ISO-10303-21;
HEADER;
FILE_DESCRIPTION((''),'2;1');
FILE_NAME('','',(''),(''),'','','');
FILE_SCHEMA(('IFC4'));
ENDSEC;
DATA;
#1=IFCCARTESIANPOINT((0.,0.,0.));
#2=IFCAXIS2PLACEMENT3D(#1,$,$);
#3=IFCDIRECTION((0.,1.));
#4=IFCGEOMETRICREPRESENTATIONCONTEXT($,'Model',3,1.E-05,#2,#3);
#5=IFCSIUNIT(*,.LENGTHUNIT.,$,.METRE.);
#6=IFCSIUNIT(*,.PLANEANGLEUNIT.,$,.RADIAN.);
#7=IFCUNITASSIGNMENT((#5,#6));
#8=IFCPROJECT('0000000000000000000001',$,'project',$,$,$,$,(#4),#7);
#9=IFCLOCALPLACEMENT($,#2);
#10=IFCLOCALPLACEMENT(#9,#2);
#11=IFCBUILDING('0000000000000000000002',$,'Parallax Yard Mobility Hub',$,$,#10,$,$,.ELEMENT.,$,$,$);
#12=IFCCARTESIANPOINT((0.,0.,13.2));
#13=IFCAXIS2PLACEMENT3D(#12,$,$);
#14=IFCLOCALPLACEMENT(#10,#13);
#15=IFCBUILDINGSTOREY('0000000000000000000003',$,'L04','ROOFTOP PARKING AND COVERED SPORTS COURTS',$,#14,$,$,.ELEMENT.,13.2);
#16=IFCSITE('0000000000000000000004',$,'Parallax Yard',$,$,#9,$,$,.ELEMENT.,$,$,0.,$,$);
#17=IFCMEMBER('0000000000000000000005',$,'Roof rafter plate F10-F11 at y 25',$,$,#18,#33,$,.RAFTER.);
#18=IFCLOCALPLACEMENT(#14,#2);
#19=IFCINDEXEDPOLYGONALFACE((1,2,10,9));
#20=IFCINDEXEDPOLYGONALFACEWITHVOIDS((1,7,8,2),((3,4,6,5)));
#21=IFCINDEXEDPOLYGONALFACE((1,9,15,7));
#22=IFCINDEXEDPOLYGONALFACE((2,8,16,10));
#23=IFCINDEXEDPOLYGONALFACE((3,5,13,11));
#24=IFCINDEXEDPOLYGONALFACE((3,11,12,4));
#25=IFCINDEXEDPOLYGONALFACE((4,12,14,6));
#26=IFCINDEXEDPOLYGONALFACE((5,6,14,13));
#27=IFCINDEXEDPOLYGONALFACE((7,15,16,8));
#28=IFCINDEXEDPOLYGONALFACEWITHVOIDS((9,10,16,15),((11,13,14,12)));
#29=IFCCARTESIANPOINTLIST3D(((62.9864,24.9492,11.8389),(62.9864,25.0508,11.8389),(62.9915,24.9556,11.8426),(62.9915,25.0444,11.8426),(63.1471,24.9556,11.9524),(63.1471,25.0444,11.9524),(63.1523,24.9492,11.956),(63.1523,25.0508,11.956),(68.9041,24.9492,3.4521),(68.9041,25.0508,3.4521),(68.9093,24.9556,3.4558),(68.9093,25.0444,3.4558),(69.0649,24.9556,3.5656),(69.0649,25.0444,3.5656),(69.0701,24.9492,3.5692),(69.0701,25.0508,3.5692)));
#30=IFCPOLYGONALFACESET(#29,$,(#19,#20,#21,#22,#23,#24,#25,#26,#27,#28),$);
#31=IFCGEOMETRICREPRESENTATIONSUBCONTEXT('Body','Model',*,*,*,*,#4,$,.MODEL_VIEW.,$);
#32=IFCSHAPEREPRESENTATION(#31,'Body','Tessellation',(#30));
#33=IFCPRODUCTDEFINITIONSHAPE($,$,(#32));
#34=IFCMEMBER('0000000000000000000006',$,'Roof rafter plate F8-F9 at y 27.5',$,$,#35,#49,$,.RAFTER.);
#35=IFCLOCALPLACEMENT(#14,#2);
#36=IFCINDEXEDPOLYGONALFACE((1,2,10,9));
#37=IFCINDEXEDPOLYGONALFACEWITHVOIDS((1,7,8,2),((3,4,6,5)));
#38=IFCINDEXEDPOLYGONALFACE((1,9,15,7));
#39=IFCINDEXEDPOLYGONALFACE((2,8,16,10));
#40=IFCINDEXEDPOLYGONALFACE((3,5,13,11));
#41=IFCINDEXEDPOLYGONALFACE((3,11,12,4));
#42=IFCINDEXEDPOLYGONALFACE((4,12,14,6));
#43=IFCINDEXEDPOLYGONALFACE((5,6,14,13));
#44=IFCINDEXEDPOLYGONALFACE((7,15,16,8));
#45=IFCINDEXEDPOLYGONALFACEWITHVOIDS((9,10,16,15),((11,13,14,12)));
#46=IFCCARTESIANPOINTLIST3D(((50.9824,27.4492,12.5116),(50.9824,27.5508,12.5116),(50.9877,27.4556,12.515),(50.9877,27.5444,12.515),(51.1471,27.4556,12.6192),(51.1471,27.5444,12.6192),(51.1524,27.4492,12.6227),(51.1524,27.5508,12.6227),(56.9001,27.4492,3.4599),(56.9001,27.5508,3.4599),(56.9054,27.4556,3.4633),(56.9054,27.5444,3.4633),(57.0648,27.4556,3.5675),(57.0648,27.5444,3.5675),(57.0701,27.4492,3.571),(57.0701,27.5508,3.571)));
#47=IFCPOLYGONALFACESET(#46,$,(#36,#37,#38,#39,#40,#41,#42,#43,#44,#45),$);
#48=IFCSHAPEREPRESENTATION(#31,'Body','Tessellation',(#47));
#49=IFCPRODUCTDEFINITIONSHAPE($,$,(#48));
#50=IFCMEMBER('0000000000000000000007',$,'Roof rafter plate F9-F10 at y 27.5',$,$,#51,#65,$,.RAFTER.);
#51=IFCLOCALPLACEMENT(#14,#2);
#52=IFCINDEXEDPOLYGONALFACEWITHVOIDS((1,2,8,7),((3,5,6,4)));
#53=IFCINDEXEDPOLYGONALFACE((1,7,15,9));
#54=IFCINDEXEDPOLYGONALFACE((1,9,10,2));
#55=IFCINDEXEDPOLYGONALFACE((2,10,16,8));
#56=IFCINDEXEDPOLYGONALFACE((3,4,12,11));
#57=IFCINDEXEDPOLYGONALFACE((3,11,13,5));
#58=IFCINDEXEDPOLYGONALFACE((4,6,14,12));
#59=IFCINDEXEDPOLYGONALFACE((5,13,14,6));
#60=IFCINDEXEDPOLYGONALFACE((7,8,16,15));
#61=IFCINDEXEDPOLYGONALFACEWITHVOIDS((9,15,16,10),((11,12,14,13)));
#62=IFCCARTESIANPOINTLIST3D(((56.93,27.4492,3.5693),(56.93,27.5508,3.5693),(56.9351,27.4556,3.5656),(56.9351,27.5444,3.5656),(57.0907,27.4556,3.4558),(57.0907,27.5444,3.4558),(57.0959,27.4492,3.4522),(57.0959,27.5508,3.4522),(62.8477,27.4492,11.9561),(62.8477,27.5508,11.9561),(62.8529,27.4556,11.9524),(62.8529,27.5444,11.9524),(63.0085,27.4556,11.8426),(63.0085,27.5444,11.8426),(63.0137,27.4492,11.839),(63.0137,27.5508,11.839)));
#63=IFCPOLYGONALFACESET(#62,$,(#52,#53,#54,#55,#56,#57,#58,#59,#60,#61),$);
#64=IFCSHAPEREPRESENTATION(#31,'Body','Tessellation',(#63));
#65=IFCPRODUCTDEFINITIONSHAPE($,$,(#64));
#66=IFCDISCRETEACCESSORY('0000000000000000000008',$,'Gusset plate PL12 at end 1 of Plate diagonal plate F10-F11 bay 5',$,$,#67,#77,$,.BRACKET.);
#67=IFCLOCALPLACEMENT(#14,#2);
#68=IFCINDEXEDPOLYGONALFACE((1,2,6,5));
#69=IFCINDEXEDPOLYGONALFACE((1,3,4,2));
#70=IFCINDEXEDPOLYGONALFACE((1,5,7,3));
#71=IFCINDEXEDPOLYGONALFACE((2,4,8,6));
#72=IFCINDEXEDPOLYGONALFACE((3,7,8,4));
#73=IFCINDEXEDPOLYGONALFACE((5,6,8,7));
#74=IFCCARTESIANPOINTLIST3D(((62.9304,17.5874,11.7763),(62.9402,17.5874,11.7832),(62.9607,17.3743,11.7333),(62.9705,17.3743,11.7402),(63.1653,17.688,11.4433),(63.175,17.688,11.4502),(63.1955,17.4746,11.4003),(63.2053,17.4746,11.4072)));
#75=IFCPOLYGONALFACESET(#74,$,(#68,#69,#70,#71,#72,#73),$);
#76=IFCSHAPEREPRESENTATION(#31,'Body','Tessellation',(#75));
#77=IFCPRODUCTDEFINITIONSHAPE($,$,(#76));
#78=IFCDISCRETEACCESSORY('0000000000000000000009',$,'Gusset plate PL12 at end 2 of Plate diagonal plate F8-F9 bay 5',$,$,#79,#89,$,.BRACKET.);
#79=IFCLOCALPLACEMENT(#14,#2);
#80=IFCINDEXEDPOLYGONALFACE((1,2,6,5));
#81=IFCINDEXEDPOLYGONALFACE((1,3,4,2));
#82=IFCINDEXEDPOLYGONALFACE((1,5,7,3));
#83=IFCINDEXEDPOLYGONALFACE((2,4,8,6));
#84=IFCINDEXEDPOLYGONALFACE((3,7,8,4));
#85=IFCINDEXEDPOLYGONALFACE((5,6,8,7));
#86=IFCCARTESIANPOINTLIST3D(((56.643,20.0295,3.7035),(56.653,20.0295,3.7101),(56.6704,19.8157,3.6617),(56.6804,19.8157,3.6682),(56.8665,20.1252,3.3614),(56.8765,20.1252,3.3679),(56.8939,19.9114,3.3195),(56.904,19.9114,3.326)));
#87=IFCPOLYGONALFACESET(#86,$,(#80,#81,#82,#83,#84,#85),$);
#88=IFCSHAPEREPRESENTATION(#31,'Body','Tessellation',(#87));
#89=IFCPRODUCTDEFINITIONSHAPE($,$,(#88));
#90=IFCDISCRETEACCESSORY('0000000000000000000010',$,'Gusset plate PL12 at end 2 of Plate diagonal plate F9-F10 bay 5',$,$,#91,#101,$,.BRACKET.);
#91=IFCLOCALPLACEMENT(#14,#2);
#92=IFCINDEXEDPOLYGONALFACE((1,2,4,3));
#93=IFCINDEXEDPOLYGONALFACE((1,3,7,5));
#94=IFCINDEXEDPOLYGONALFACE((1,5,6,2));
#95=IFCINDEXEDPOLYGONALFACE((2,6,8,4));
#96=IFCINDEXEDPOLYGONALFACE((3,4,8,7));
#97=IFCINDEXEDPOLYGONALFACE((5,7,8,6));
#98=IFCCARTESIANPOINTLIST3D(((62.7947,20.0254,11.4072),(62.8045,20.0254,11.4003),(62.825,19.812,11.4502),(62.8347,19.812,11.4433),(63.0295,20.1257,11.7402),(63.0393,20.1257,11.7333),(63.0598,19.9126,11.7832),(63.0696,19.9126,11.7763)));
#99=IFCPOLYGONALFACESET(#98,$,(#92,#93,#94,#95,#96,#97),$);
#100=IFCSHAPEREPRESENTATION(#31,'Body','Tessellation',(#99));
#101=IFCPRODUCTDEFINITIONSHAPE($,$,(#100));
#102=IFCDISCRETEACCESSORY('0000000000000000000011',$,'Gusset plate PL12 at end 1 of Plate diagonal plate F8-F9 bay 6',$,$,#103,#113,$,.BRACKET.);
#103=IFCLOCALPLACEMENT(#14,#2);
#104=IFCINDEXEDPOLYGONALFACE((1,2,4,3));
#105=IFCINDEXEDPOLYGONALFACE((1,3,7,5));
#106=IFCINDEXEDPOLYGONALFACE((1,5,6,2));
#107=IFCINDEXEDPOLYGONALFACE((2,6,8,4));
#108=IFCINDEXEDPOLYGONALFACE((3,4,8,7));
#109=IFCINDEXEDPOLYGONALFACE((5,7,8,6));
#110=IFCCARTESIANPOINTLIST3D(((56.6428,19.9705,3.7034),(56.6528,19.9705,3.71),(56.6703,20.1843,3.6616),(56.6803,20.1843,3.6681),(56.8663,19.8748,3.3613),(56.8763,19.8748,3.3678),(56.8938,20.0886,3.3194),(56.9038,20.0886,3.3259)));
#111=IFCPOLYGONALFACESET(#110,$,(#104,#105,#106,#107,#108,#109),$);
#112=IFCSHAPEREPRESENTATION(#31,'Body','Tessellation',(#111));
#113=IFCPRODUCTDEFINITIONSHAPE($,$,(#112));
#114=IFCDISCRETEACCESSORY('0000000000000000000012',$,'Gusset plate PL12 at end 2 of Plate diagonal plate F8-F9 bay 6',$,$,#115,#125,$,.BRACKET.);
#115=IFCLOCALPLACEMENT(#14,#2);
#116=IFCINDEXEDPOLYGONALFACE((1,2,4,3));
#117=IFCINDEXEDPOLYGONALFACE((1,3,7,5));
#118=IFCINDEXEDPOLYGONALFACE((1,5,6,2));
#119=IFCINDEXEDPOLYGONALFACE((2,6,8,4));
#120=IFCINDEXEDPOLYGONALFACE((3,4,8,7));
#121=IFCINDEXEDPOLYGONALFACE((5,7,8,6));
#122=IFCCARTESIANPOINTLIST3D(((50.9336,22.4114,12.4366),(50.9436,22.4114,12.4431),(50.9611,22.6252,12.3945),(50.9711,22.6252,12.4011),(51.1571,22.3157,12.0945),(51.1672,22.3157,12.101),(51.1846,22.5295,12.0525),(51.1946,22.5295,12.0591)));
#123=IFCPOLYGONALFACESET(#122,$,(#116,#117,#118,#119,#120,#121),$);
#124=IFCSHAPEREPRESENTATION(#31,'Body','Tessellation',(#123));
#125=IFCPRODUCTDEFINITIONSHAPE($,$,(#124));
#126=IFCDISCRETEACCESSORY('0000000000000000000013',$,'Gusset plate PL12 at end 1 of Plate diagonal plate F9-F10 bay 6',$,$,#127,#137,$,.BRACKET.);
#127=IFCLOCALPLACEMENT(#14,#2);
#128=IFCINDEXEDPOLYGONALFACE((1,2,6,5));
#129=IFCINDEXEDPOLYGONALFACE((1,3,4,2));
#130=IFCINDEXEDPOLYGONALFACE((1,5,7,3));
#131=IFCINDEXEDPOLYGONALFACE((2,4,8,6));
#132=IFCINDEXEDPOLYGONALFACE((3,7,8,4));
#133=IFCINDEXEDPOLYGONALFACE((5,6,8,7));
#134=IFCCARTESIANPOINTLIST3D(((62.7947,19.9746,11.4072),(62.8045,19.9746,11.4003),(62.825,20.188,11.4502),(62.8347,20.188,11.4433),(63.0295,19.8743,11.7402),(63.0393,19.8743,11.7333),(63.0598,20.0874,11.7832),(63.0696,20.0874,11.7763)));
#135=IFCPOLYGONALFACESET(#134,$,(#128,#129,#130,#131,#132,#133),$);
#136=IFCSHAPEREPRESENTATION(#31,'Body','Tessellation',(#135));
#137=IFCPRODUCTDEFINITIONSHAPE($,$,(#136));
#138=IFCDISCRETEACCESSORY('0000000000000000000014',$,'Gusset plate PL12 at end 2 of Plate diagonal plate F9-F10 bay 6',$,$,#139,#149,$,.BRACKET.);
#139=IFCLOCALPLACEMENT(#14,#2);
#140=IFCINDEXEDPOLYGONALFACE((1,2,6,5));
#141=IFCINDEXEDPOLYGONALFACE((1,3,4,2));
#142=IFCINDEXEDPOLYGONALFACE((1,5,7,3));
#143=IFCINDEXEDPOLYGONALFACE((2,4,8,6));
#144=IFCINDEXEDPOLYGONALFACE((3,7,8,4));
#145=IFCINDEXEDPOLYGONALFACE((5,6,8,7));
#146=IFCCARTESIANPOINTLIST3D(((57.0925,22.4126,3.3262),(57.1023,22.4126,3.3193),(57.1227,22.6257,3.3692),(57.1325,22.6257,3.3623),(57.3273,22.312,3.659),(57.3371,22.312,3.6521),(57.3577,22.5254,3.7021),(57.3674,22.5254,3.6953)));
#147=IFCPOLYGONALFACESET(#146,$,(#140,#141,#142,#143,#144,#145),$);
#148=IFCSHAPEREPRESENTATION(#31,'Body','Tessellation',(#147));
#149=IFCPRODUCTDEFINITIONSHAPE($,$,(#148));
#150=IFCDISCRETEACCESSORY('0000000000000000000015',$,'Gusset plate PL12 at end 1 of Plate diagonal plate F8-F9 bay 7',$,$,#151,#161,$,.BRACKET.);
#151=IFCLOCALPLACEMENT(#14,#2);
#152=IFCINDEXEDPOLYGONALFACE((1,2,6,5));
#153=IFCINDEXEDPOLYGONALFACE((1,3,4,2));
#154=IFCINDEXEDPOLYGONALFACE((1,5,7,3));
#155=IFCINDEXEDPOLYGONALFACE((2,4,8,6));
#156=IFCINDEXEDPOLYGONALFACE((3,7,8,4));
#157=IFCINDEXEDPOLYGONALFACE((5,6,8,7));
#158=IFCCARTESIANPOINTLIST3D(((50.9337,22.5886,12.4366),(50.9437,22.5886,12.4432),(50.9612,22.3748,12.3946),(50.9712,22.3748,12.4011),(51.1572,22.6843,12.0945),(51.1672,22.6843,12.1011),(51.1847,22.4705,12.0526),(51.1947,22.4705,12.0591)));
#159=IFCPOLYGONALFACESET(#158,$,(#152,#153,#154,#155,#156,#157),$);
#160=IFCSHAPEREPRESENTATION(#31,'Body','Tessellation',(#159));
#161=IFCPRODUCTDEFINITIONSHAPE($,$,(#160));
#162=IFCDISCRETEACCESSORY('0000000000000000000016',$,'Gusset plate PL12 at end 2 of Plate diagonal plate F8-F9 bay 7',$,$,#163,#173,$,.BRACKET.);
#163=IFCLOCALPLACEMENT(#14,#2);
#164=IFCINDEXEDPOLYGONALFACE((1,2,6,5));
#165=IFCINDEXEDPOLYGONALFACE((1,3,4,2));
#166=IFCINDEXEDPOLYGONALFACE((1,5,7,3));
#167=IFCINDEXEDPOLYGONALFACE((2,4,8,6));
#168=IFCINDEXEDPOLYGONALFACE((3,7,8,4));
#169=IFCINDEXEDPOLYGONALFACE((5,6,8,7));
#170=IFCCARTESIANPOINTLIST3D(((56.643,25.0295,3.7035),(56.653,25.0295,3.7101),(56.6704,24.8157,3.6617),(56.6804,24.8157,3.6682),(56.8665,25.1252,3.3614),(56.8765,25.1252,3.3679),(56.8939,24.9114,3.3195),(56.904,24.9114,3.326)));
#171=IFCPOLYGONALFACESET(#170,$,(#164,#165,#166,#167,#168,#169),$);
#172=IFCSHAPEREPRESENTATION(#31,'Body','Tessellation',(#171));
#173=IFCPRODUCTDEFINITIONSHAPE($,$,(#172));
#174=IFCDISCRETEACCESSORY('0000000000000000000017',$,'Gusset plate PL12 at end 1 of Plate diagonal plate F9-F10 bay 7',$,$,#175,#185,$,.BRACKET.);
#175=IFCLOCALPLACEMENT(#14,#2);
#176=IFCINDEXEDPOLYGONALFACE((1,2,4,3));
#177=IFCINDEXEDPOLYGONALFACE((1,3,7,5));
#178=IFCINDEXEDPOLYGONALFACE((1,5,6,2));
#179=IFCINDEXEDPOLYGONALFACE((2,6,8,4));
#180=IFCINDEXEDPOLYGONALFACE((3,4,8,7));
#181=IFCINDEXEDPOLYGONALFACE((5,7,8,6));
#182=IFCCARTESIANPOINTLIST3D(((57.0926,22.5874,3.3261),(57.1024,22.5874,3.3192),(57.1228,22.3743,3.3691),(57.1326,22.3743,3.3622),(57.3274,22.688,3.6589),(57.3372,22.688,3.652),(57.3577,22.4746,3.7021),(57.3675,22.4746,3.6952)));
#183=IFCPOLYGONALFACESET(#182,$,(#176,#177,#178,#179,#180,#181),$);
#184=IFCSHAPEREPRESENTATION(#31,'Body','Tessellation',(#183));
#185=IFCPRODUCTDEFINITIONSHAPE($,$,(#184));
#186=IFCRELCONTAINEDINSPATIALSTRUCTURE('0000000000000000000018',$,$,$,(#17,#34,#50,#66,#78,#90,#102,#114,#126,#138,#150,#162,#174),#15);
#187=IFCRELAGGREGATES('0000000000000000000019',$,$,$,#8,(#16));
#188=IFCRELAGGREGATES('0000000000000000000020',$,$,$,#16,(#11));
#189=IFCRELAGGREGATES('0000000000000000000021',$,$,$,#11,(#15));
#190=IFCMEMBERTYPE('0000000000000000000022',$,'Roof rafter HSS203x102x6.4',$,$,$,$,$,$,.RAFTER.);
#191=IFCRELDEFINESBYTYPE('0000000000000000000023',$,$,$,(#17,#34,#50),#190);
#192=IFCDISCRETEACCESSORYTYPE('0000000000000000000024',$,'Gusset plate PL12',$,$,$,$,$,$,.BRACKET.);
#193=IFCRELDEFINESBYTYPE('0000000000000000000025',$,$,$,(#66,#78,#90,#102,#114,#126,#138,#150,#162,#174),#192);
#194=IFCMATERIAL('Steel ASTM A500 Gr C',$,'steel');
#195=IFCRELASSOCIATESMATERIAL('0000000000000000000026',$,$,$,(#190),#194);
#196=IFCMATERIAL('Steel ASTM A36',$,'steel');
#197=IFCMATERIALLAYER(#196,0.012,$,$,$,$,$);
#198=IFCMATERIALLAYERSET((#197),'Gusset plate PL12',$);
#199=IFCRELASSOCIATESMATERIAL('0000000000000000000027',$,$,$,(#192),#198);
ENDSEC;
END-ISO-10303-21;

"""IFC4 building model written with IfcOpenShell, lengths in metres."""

from ifc_helpers import new_model, si_unit, direction, frame, origin, origin_2d, place, context, subcontext, project, spatial, polyline, hollow_rectangle, outline, extrude, material, layer, layer_set, material_profile, profile_set, type_object, element, save


model = new_model("IFC4")

# Units and contexts
model_context = context("Model", 3, precision=1e-05, world=origin(), true_north=direction((0.0, 1.0)))
body_context = subcontext(model_context, "Body", "Model", "MODEL_VIEW")
ifc_project = project(units=[si_unit("LENGTHUNIT", "METRE"), si_unit("PLANEANGLEUNIT", "RADIAN")], contexts=[model_context])

# Site, building, storey
site_placement = place(None, origin())
site = spatial("IfcSite", under=ifc_project, at=site_placement, Name="Parallax Yard", CompositionType="ELEMENT", RefElevation=0.0)
building_placement = place(site_placement, origin())
building = spatial("IfcBuilding", under=site, at=building_placement, Name="Parallax Yard Mobility Hub", CompositionType="ELEMENT")
storey_placement = place(building_placement, frame((0.0, 0.0, 13.2)))
storey = spatial("IfcBuildingStorey", under=building, at=storey_placement, Name="L04", Description="ROOFTOP PARKING AND COVERED SPORTS COURTS", CompositionType="ELEMENT", Elevation=13.2)

# Members
ifc_material_1 = material(Name="Steel ASTM A500 Gr C", Category="steel")
ifc_material_profile_1 = material_profile(ifc_material_1, hollow_rectangle(XDim=0.1016, YDim=0.2031, WallThickness=0.0063, at=origin_2d()), Name="HSS203x102x6.4")
ifc_profile_set_1 = profile_set([ifc_material_profile_1], Name="Steel ASTM A500 Gr C")
member_type_1 = type_object("IfcMemberType", Name="Roof rafter HSS203x102x6.4", PredefinedType="RAFTER", material=ifc_profile_set_1)
for number, where, z_axis, x_axis, name in (
    (1, (63.0693, 25.0, 11.8975), (0.576533, 0.0, -0.817074), (0.0, 1.0, 0.0), "Roof rafter plate F10-F11 at y 25"),
):
    element("IfcMember", number, at=place(storey_placement, frame(where, z_axis=z_axis, x_axis=x_axis)), inside=storey, type_object=member_type_1, Name=name, PredefinedType="RAFTER", context=body_context, shape_type="SweptSolid", body=[
        extrude(hollow_rectangle(XDim=0.1016, YDim=0.2031, WallThickness=0.0063, at=origin_2d()), origin(), (0.0, 0.0, 1.0), 10.2644),
    ])
member_1_placement = place(storey_placement, frame((51.0674, 27.5, 12.5671), z_axis=(0.547202, 0.0, -0.837001), x_axis=(0.0, 1.0, 0.0)))
element("IfcMember", 2, at=member_1_placement, inside=storey, type_object=member_type_1, Name="Roof rafter plate F8-F9 at y 27.5", PredefinedType="RAFTER", context=body_context, shape_type="SweptSolid", body=[
    extrude(hollow_rectangle(XDim=0.1016, YDim=0.2031, WallThickness=0.0063, at=origin_2d()), origin(), (0.0, 0.0, 1.0), 10.8145),
])
member_2_placement = place(storey_placement, frame((57.0129, 27.5, 3.5107), z_axis=(0.576533, 0.0, 0.817074), x_axis=(0.0, 1.0, 0.0)))
element("IfcMember", 3, at=member_2_placement, inside=storey, type_object=member_type_1, Name="Roof rafter plate F9-F10 at y 27.5", PredefinedType="RAFTER", context=body_context, shape_type="SweptSolid", body=[
    extrude(hollow_rectangle(XDim=0.1016, YDim=0.2031, WallThickness=0.0063, at=origin_2d()), origin(), (0.0, 0.0, 1.0), 10.2644),
])

# Discrete accessories
ifc_material_2 = material(Name="Steel ASTM A36", Category="steel")
ifc_layer = layer(ifc_material_2, 0.012)
ifc_layer_set = layer_set([ifc_layer], Name="Gusset plate PL12")
discrete_accessory_type = type_object("IfcDiscreteAccessoryType", Name="Gusset plate PL12", PredefinedType="BRACKET", material=ifc_layer_set)
discrete_accessory_1_placement = place(storey_placement, frame((63.175, 17.688, 11.4502), z_axis=(0.817216, -0.000114, 0.576331), x_axis=(-0.559559, -0.239645, 0.793388)))
element("IfcDiscreteAccessory", 4, at=discrete_accessory_1_placement, inside=storey, type_object=discrete_accessory_type, Name="Gusset plate PL12 at end 1 of Plate diagonal plate F10-F11 bay 5", PredefinedType="BRACKET", context=body_context, shape_type="SweptSolid", body=[
    extrude(outline(polyline([(0.0, 0.0), (0.4197, 0.0), (0.4198, 0.2195), (0.0001, 0.2198), (0.0, 0.0)])), origin(), (0.0, 0.0, -1.0), 0.012),
])
discrete_accessory_2_placement = place(storey_placement, frame((56.6804, 19.8157, 3.6682), z_axis=(0.837152, 0.000427, 0.546971), x_axis=(0.532485, 0.227981, -0.815159)))
element("IfcDiscreteAccessory", 5, at=discrete_accessory_2_placement, inside=storey, type_object=discrete_accessory_type, Name="Gusset plate PL12 at end 2 of Plate diagonal plate F8-F9 bay 5", PredefinedType="BRACKET", context=body_context, shape_type="SweptSolid", body=[
    extrude(outline(polyline([(0.0, 0.0), (0.4198, 0.0), (0.4198, 0.2197), (0.0, 0.2196), (0.0, 0.0)])), origin(), (0.0, 0.0, -1.0), 0.012),
])
discrete_accessory_3_placement = place(storey_placement, frame((62.825, 19.812, 11.4502), z_axis=(-0.817216, 0.000114, 0.576331), x_axis=(0.559559, 0.239645, 0.793388)))
element("IfcDiscreteAccessory", 6, at=discrete_accessory_3_placement, inside=storey, type_object=discrete_accessory_type, Name="Gusset plate PL12 at end 2 of Plate diagonal plate F9-F10 bay 5", PredefinedType="BRACKET", context=body_context, shape_type="SweptSolid", body=[
    extrude(outline(polyline([(0.0, 0.0), (0.4197, 0.0), (0.4198, 0.2195), (0.0001, 0.2198), (0.0, 0.0)])), origin(), (0.0, 0.0, -1.0), 0.012),
])
discrete_accessory_4_placement = place(storey_placement, frame((56.6528, 19.9705, 3.71), z_axis=(0.837152, -0.000427, 0.546971), x_axis=(0.532481, -0.228018, -0.815152)))
element("IfcDiscreteAccessory", 7, at=discrete_accessory_4_placement, inside=storey, type_object=discrete_accessory_type, Name="Gusset plate PL12 at end 1 of Plate diagonal plate F8-F9 bay 6", PredefinedType="BRACKET", context=body_context, shape_type="SweptSolid", body=[
    extrude(outline(polyline([(0.0, 0.0), (0.4197, 0.0), (0.4197, 0.2197), (0.0, 0.2196), (0.0, 0.0)])), origin(), (0.0, 0.0, -1.0), 0.012),
])
discrete_accessory_5_placement = place(storey_placement, frame((51.1946, 22.5295, 12.0591), z_axis=(0.837105, -0.000095, 0.547043), x_axis=(-0.532605, 0.228089, 0.815051)))
element("IfcDiscreteAccessory", 8, at=discrete_accessory_5_placement, inside=storey, type_object=discrete_accessory_type, Name="Gusset plate PL12 at end 2 of Plate diagonal plate F8-F9 bay 6", PredefinedType="BRACKET", context=body_context, shape_type="SweptSolid", body=[
    extrude(outline(polyline([(0.0, 0.0), (0.4196, 0.0), (0.4197, 0.2197), (0.0, 0.2197), (0.0, 0.0)])), origin(), (0.0, 0.0, -1.0), 0.012),
])
discrete_accessory_6_placement = place(storey_placement, frame((62.7947, 19.9746, 11.4072), z_axis=(-0.817216, -0.000114, 0.576331), x_axis=(0.559637, -0.239097, 0.793498)))
element("IfcDiscreteAccessory", 9, at=discrete_accessory_6_placement, inside=storey, type_object=discrete_accessory_type, Name="Gusset plate PL12 at end 1 of Plate diagonal plate F9-F10 bay 6", PredefinedType="BRACKET", context=body_context, shape_type="SweptSolid", body=[
    extrude(outline(polyline([(0.0, 0.0), (0.4197, 0.0), (0.4197, 0.2195), (0.0, 0.2198), (0.0, 0.0)])), origin(), (0.0, 0.0, -1.0), 0.012),
])
discrete_accessory_7_placement = place(storey_placement, frame((57.3577, 22.5254, 3.7021), z_axis=(-0.817167, -0.000465, 0.576401), x_axis=(-0.559774, 0.239096, -0.793401)))
element("IfcDiscreteAccessory", 10, at=discrete_accessory_7_placement, inside=storey, type_object=discrete_accessory_type, Name="Gusset plate PL12 at end 2 of Plate diagonal plate F9-F10 bay 6", PredefinedType="BRACKET", context=body_context, shape_type="SweptSolid", body=[
    extrude(outline(polyline([(0.0, 0.0), (0.4197, 0.0), (0.4197, 0.2195), (0.0002, 0.2198), (0.0, 0.0)])), origin(), (0.0, 0.0, -1.0), 0.012),
])
discrete_accessory_8_placement = place(storey_placement, frame((51.1672, 22.6843, 12.1011), z_axis=(0.837105, 0.000095, 0.547043), x_axis=(-0.532614, -0.228018, 0.815065)))
element("IfcDiscreteAccessory", 11, at=discrete_accessory_8_placement, inside=storey, type_object=discrete_accessory_type, Name="Gusset plate PL12 at end 1 of Plate diagonal plate F8-F9 bay 7", PredefinedType="BRACKET", context=body_context, shape_type="SweptSolid", body=[
    extrude(outline(polyline([(0.0, 0.0), (0.4197, 0.0), (0.4196, 0.2197), (0.0, 0.2197), (0.0, 0.0)])), origin(), (0.0, 0.0, -1.0), 0.012),
])
discrete_accessory_9_placement = place(storey_placement, frame((56.6804, 24.8157, 3.6682), z_axis=(0.837152, 0.000427, 0.546971), x_axis=(0.532485, 0.227981, -0.815159)))
element("IfcDiscreteAccessory", 12, at=discrete_accessory_9_placement, inside=storey, type_object=discrete_accessory_type, Name="Gusset plate PL12 at end 2 of Plate diagonal plate F8-F9 bay 7", PredefinedType="BRACKET", context=body_context, shape_type="SweptSolid", body=[
    extrude(outline(polyline([(0.0, 0.0), (0.4198, 0.0), (0.4198, 0.2197), (0.0, 0.2196), (0.0, 0.0)])), origin(), (0.0, 0.0, -1.0), 0.012),
])
discrete_accessory_10_placement = place(storey_placement, frame((57.3274, 22.688, 3.6589), z_axis=(-0.817167, 0.000465, 0.576401), x_axis=(-0.559681, -0.239756, -0.793268)))
element("IfcDiscreteAccessory", 13, at=discrete_accessory_10_placement, inside=storey, type_object=discrete_accessory_type, Name="Gusset plate PL12 at end 1 of Plate diagonal plate F9-F10 bay 7", PredefinedType="BRACKET", context=body_context, shape_type="SweptSolid", body=[
    extrude(outline(polyline([(0.0, 0.0), (0.4195, 0.0), (0.4196, 0.2195), (-0.0001, 0.2198), (0.0, 0.0)])), origin(), (0.0, 0.0, -1.0), 0.012),
])

save(model, "model.ifc")
